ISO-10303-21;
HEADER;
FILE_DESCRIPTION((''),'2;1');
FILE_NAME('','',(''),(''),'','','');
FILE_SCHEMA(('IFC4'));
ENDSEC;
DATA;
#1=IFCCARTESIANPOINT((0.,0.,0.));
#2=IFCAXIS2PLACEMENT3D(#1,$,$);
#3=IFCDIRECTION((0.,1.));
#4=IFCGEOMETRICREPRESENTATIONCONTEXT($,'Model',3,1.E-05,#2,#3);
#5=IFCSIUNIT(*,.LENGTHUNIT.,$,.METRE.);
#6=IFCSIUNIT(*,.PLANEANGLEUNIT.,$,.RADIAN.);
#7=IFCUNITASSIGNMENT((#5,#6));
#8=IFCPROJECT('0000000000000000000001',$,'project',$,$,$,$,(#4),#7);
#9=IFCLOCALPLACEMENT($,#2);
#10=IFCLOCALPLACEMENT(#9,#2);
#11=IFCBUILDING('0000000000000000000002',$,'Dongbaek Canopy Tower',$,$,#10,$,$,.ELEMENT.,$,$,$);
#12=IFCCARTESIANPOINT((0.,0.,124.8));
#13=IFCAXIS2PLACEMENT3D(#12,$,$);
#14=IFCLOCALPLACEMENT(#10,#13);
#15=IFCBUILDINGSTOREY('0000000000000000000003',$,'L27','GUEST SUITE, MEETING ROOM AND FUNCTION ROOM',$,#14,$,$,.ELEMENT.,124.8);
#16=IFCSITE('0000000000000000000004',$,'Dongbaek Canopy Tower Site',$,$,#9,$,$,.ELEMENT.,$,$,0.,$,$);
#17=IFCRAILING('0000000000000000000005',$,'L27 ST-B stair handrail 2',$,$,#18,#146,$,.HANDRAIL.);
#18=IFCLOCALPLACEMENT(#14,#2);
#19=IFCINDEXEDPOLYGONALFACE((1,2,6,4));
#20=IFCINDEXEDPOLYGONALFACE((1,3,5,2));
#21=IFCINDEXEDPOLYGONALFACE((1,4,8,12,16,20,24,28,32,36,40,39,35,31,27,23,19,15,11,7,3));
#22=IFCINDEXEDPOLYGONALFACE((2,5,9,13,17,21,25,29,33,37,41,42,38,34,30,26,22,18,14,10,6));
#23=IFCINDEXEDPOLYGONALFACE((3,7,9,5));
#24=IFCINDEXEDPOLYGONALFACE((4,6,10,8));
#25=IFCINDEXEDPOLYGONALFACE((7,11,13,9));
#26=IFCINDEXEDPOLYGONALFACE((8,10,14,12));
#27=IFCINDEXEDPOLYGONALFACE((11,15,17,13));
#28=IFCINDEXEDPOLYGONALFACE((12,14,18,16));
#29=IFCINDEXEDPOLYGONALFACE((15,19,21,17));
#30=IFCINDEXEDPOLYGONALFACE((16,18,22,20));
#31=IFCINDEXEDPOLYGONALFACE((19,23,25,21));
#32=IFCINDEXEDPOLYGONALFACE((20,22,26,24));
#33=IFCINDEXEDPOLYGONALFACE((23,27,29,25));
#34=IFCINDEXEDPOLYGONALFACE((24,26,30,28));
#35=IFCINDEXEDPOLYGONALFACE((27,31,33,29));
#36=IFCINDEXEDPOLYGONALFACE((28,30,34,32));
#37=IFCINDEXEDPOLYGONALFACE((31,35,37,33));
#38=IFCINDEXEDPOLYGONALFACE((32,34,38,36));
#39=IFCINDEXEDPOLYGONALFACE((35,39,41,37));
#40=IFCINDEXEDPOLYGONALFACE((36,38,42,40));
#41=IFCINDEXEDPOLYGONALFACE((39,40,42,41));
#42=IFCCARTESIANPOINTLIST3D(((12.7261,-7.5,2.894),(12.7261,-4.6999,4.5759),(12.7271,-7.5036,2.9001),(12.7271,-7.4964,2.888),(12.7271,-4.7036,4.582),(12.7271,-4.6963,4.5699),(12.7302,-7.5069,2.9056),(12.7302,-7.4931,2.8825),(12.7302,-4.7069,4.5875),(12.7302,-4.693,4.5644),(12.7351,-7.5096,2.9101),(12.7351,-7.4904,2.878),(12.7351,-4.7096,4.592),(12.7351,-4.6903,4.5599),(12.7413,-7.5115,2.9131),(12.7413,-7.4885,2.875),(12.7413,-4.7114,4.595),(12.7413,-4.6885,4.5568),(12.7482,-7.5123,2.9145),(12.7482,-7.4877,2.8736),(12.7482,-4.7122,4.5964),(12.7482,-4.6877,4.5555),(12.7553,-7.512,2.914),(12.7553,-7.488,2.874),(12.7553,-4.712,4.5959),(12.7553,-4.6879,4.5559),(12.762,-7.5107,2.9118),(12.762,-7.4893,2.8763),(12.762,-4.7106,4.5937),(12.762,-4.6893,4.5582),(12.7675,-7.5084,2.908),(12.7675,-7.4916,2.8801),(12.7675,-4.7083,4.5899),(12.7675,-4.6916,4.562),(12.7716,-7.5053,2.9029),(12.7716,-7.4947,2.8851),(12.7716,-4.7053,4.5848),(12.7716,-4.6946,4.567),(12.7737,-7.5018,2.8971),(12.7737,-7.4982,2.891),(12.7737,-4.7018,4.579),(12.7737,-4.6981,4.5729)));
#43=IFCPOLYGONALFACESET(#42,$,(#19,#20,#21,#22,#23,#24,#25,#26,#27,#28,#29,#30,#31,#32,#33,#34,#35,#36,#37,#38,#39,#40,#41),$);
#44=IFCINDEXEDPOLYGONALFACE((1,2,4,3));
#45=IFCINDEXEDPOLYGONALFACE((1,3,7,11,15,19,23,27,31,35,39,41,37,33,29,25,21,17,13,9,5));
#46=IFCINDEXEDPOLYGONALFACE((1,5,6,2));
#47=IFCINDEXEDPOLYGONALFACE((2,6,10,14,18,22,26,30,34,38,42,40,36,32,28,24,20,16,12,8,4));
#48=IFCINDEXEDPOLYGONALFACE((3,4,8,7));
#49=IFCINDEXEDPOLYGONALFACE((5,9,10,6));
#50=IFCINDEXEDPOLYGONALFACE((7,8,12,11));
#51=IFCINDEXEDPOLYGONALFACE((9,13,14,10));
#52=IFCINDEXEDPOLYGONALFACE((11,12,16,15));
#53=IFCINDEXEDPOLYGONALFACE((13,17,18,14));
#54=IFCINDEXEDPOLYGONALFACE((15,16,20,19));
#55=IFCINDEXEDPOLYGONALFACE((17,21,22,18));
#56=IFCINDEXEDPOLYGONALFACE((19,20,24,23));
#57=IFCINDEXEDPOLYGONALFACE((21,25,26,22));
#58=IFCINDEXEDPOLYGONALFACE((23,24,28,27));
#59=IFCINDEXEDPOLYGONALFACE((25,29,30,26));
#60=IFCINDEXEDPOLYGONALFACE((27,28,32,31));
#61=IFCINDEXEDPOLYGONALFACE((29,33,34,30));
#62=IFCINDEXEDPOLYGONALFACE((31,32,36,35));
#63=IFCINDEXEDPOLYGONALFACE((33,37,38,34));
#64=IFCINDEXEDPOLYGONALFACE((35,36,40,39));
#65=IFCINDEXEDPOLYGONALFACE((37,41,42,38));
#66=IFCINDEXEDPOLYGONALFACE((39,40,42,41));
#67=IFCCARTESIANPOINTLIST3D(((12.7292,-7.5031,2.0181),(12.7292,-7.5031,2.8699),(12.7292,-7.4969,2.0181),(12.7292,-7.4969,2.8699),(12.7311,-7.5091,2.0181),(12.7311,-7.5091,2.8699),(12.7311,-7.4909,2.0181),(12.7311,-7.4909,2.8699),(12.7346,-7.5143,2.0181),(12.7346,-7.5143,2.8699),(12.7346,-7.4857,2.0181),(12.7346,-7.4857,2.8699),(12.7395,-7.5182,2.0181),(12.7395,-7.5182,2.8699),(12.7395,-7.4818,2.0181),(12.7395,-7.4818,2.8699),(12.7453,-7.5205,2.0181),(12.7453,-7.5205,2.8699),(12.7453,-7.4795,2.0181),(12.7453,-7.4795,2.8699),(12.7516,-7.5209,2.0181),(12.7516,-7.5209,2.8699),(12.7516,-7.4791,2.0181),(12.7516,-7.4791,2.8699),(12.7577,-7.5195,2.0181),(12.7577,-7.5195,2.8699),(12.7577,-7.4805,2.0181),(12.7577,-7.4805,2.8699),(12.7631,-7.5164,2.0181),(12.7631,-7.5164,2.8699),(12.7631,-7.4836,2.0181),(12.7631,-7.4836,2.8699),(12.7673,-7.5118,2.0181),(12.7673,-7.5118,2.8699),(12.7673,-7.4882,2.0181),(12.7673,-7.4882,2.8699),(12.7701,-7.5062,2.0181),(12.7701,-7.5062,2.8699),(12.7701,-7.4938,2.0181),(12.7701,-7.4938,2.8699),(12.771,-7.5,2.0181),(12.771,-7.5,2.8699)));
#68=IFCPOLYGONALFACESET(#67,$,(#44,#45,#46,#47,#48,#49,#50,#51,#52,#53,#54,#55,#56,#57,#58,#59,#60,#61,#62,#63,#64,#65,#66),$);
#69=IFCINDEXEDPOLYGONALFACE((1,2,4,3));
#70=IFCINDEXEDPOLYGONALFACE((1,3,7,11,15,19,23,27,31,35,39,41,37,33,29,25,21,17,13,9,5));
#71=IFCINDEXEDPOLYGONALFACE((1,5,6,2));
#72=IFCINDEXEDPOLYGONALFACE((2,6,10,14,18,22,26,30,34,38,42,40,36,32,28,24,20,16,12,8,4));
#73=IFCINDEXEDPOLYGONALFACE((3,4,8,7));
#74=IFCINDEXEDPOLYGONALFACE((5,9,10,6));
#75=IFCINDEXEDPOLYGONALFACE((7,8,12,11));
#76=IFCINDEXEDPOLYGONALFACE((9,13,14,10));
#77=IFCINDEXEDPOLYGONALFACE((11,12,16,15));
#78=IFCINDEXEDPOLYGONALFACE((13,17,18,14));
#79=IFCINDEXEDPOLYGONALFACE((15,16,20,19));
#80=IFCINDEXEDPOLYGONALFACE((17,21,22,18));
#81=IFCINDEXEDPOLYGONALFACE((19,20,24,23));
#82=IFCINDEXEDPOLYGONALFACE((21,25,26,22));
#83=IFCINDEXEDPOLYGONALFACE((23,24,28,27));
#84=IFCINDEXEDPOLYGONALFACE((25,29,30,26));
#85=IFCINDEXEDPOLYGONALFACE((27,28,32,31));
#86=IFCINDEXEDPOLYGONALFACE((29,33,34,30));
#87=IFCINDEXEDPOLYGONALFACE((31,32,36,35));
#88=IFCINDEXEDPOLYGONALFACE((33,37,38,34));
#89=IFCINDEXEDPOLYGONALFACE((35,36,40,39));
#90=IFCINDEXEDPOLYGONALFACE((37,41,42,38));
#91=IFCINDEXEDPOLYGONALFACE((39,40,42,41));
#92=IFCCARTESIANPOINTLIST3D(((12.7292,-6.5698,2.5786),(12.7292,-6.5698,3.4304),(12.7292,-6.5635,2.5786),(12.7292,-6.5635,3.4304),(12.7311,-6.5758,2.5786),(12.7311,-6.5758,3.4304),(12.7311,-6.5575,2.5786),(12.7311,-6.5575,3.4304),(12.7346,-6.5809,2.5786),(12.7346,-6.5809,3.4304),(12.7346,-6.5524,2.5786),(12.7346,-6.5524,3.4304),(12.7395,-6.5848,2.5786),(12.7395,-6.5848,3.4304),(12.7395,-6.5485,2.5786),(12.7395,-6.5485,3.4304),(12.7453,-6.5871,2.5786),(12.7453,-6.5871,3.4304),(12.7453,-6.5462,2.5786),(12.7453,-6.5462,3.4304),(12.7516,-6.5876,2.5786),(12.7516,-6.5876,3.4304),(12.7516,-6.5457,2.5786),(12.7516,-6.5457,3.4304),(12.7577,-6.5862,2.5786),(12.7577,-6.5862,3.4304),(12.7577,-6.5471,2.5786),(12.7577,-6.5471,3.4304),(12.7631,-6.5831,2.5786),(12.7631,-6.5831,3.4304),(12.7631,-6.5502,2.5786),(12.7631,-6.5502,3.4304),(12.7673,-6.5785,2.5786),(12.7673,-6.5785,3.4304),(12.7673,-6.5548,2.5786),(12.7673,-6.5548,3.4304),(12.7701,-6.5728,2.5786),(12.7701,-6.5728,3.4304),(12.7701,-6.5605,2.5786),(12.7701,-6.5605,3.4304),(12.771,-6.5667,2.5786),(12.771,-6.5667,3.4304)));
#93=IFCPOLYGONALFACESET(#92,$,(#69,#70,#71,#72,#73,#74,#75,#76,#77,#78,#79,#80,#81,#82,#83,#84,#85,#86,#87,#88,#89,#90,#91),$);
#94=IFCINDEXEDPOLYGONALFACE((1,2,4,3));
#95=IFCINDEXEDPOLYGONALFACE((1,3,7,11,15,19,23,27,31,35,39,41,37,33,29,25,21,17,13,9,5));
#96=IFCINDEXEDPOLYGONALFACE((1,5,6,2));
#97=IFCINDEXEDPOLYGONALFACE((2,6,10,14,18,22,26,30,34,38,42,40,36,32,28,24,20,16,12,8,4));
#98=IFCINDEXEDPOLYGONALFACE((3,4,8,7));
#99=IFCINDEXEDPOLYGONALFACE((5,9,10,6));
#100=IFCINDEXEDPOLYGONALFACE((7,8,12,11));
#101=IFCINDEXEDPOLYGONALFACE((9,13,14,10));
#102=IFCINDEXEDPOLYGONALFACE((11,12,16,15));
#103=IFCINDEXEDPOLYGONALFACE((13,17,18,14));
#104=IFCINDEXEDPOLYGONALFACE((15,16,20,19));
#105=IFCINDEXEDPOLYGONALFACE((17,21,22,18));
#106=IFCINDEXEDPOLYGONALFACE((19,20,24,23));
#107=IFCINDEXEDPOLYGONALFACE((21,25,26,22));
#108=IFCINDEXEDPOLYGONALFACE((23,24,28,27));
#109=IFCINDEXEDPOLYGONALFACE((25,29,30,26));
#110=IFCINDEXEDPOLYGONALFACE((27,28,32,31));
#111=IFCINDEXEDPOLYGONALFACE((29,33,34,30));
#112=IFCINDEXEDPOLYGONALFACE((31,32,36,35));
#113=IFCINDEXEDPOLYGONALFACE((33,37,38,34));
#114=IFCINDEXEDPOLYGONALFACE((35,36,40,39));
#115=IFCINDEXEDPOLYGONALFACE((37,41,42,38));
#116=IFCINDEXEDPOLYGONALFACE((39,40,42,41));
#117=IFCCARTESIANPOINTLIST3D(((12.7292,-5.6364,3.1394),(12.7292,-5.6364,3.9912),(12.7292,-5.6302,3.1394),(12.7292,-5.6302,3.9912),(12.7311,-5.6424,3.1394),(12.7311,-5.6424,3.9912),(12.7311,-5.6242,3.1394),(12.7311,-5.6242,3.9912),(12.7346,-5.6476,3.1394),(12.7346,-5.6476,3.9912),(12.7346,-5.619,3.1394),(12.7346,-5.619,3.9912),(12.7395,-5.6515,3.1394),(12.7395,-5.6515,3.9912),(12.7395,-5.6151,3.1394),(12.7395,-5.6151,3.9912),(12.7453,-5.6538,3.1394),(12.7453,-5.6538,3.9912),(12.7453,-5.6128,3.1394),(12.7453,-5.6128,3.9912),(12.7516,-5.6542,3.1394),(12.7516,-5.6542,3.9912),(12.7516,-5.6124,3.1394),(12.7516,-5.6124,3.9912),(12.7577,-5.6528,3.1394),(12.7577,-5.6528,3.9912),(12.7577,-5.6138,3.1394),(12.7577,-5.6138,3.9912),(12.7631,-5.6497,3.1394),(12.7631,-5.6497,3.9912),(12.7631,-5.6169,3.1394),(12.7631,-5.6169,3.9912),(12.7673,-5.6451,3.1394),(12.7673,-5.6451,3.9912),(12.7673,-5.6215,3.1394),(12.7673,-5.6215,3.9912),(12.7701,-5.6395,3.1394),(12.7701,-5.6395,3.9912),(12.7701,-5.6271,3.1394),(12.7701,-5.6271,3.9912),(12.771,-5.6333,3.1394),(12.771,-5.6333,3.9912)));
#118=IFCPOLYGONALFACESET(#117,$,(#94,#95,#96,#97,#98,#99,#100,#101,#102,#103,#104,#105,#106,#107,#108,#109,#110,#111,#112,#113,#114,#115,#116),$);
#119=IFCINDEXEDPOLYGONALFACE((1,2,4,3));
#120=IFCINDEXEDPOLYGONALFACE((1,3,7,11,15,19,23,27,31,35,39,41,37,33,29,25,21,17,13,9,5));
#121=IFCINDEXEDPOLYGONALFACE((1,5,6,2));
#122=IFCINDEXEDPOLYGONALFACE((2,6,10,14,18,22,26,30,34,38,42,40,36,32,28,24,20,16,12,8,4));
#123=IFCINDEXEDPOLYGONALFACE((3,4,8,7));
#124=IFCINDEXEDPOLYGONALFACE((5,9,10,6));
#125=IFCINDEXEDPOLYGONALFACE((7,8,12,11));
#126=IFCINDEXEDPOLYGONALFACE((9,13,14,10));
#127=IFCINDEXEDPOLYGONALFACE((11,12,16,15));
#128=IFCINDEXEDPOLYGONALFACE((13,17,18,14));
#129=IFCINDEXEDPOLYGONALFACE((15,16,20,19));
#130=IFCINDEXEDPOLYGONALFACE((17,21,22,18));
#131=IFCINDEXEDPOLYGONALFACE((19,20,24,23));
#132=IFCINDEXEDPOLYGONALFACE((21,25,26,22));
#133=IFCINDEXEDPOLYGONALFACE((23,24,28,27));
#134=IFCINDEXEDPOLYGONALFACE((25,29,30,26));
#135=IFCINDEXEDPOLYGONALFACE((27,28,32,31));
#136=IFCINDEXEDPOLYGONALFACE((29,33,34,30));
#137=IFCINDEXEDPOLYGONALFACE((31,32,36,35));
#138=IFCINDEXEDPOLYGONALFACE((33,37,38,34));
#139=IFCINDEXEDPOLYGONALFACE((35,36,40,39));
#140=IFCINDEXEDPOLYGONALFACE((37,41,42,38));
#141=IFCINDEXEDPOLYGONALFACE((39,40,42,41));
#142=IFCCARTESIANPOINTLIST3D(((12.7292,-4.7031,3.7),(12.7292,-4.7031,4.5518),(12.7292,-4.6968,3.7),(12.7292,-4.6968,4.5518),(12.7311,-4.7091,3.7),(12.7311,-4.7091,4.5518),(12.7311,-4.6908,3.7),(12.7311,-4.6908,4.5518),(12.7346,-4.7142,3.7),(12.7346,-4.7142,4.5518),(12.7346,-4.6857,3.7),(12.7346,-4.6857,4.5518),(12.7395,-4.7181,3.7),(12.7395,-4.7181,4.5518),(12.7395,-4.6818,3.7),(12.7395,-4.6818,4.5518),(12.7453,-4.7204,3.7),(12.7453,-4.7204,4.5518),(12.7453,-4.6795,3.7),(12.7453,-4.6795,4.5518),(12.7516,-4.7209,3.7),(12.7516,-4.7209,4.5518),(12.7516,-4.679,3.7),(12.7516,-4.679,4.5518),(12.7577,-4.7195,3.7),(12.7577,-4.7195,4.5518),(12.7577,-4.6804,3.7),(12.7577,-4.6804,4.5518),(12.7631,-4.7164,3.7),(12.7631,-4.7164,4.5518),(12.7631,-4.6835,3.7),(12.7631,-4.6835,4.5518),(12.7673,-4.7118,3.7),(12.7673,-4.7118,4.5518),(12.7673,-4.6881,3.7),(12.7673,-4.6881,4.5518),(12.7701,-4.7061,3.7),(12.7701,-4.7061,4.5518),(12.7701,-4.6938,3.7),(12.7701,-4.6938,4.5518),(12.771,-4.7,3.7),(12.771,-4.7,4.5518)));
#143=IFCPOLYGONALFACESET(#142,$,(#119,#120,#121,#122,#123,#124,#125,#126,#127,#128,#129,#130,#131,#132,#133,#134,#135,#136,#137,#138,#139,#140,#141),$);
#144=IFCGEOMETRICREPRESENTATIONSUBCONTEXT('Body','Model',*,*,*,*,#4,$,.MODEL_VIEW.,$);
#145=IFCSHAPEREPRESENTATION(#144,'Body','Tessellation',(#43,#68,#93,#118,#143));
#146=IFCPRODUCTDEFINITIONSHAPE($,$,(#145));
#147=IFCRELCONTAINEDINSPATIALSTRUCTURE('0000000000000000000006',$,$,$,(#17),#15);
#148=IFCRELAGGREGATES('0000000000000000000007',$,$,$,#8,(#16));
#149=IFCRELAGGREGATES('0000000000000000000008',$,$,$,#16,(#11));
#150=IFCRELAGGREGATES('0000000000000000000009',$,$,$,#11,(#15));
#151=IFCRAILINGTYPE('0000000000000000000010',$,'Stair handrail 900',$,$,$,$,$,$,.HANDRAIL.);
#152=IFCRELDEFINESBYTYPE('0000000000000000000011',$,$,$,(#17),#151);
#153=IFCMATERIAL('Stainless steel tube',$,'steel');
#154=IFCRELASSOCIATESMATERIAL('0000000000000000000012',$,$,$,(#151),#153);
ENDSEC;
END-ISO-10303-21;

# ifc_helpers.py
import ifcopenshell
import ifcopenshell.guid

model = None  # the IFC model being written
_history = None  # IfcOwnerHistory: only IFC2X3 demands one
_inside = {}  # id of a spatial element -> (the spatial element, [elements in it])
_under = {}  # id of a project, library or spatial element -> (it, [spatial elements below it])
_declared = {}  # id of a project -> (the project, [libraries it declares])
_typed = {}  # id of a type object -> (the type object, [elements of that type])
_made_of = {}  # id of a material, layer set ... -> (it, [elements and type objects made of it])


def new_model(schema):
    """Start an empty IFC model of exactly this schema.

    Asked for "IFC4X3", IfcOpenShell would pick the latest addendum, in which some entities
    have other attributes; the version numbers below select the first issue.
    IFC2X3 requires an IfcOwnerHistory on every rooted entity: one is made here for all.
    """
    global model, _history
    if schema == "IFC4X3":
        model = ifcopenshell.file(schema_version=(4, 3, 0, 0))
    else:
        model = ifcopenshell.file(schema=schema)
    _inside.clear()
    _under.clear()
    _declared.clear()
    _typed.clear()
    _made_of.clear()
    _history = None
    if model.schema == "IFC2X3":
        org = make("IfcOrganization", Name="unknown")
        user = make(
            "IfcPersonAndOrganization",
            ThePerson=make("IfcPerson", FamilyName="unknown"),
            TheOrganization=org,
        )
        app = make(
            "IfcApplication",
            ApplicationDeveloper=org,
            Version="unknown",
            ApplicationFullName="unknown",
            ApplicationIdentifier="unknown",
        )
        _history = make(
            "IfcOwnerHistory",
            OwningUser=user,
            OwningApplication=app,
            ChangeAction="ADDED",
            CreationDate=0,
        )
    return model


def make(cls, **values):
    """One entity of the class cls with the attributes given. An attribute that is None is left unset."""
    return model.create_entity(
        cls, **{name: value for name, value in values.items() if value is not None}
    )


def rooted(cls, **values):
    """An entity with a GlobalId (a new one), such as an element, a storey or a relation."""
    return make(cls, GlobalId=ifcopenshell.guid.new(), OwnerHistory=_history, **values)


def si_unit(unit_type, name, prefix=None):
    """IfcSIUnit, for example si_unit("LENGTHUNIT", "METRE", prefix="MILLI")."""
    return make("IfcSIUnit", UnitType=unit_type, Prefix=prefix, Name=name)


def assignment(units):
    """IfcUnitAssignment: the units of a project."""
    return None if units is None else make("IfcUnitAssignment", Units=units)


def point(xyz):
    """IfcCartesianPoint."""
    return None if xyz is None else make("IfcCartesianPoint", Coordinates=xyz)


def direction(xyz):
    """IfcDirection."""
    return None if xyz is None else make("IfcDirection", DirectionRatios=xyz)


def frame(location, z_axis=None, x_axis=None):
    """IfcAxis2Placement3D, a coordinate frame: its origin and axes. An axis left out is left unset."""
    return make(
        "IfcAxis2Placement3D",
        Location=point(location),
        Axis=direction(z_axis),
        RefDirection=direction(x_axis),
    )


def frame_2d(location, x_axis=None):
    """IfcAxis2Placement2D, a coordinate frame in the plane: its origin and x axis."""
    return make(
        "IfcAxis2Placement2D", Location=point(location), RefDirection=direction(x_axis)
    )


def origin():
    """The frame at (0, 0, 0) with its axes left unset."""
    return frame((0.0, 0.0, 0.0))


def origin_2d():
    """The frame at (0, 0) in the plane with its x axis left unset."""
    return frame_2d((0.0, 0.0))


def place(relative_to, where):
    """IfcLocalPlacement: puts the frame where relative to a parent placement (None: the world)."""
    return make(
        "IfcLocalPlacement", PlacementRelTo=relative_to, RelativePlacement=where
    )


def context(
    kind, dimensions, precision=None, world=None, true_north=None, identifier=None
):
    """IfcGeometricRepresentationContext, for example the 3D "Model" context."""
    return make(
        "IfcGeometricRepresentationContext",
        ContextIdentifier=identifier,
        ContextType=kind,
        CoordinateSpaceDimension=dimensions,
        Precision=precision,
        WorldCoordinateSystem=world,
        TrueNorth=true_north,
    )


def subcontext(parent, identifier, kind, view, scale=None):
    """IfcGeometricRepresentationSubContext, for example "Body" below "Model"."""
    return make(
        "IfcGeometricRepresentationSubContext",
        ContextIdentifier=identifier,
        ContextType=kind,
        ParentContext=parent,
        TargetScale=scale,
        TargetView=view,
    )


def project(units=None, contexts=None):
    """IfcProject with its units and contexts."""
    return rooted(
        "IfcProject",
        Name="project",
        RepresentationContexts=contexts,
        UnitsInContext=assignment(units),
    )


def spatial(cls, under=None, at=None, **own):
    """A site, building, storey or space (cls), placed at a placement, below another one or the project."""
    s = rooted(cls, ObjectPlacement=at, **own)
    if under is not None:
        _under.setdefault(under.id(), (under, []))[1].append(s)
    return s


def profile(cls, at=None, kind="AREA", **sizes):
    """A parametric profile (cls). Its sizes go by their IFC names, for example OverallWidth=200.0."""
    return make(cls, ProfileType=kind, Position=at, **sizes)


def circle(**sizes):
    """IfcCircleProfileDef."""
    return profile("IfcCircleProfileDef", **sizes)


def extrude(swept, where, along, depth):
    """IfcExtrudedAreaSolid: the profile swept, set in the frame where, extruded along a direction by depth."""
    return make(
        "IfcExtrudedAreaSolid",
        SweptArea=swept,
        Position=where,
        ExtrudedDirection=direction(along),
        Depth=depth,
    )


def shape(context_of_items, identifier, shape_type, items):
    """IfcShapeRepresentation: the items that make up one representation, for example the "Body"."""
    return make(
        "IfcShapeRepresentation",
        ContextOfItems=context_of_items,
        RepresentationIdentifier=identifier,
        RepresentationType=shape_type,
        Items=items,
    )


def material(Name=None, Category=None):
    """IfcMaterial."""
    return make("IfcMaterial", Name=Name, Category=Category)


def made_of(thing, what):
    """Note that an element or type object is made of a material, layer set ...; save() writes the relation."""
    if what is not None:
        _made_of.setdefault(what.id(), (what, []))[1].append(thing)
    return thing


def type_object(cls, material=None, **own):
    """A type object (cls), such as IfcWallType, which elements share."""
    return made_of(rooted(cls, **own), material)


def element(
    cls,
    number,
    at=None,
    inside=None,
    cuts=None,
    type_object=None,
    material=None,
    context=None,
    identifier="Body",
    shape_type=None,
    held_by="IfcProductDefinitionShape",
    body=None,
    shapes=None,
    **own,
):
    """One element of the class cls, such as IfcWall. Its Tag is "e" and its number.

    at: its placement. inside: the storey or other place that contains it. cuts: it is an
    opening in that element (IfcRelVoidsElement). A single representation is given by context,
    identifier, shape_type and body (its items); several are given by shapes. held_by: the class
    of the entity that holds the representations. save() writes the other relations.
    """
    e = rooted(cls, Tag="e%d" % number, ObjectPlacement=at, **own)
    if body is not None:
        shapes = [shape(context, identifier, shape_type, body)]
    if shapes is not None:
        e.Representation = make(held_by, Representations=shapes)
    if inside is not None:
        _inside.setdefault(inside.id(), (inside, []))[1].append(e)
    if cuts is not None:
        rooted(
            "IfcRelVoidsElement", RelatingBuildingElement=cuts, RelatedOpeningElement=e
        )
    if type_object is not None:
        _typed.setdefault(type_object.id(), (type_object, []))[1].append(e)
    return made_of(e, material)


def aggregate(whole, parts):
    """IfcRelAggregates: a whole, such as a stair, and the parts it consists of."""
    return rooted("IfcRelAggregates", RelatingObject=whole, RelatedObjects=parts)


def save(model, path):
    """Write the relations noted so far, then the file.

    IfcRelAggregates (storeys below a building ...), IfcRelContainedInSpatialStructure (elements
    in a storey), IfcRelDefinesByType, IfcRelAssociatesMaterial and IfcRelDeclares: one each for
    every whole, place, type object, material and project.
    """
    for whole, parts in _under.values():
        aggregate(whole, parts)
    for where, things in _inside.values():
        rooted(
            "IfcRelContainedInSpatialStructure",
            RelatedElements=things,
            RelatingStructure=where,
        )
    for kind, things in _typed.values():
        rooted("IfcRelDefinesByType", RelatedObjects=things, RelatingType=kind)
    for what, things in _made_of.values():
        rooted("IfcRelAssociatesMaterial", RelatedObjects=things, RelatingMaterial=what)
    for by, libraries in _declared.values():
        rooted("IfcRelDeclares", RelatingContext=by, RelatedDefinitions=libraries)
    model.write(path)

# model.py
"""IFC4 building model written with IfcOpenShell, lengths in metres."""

from ifc_helpers import new_model, si_unit, direction, frame, origin, origin_2d, place, context, subcontext, project, spatial, circle, extrude, material, type_object, element, save


model = new_model("IFC4")

# Units and contexts
model_context = context("Model", 3, precision=1e-05, world=origin(), true_north=direction((0.0, 1.0)))
body_context = subcontext(model_context, "Body", "Model", "MODEL_VIEW")
ifc_project = project(units=[si_unit("LENGTHUNIT", "METRE"), si_unit("PLANEANGLEUNIT", "RADIAN")], contexts=[model_context])

# Site, building, storey
site_placement = place(None, origin())
site = spatial("IfcSite", under=ifc_project, at=site_placement, Name="Dongbaek Canopy Tower Site", CompositionType="ELEMENT", RefElevation=0.0)
building_placement = place(site_placement, origin())
building = spatial("IfcBuilding", under=site, at=building_placement, Name="Dongbaek Canopy Tower", CompositionType="ELEMENT")
storey_placement = place(building_placement, frame((0.0, 0.0, 124.8)))
storey = spatial("IfcBuildingStorey", under=building, at=storey_placement, Name="L27", Description="GUEST SUITE, MEETING ROOM AND FUNCTION ROOM", CompositionType="ELEMENT", Elevation=124.8)

# Railing
ifc_material_1 = material(Name="Stainless steel tube", Category="steel")
railing_type_1 = type_object("IfcRailingType", Name="Stair handrail 900", PredefinedType="HANDRAIL", material=ifc_material_1)
railing_1_placement = place(storey_placement, frame((12.75, -7.5, 2.0181)))
element("IfcRailing", 1, at=railing_1_placement, inside=storey, type_object=railing_type_1, Name="L27 ST-B stair handrail 2", PredefinedType="HANDRAIL", context=body_context, shape_type="SweptSolid", body=[
    extrude(circle(Radius=0.0239, at=origin_2d()), frame((0.0, 0.0, 0.876), z_axis=(0.0, 0.857242, 0.514913), x_axis=(-1.0, 0.0, 0.0)), (0.0, 0.0, 1.0), 3.2664),
    extrude(circle(Radius=0.021, at=origin_2d()), origin(), (0.0, 0.0, 1.0), 0.8518),
    extrude(circle(Radius=0.021, at=origin_2d()), frame((0.0, 0.9333, 0.5605)), (0.0, 0.0, 1.0), 0.8518),
    extrude(circle(Radius=0.021, at=origin_2d()), frame((0.0, 1.8667, 1.1213)), (0.0, 0.0, 1.0), 0.8518),
    extrude(circle(Radius=0.021, at=origin_2d()), frame((0.0, 2.8, 1.6819)), (0.0, 0.0, 1.0), 0.8518),
])

save(model, "model.ifc")
